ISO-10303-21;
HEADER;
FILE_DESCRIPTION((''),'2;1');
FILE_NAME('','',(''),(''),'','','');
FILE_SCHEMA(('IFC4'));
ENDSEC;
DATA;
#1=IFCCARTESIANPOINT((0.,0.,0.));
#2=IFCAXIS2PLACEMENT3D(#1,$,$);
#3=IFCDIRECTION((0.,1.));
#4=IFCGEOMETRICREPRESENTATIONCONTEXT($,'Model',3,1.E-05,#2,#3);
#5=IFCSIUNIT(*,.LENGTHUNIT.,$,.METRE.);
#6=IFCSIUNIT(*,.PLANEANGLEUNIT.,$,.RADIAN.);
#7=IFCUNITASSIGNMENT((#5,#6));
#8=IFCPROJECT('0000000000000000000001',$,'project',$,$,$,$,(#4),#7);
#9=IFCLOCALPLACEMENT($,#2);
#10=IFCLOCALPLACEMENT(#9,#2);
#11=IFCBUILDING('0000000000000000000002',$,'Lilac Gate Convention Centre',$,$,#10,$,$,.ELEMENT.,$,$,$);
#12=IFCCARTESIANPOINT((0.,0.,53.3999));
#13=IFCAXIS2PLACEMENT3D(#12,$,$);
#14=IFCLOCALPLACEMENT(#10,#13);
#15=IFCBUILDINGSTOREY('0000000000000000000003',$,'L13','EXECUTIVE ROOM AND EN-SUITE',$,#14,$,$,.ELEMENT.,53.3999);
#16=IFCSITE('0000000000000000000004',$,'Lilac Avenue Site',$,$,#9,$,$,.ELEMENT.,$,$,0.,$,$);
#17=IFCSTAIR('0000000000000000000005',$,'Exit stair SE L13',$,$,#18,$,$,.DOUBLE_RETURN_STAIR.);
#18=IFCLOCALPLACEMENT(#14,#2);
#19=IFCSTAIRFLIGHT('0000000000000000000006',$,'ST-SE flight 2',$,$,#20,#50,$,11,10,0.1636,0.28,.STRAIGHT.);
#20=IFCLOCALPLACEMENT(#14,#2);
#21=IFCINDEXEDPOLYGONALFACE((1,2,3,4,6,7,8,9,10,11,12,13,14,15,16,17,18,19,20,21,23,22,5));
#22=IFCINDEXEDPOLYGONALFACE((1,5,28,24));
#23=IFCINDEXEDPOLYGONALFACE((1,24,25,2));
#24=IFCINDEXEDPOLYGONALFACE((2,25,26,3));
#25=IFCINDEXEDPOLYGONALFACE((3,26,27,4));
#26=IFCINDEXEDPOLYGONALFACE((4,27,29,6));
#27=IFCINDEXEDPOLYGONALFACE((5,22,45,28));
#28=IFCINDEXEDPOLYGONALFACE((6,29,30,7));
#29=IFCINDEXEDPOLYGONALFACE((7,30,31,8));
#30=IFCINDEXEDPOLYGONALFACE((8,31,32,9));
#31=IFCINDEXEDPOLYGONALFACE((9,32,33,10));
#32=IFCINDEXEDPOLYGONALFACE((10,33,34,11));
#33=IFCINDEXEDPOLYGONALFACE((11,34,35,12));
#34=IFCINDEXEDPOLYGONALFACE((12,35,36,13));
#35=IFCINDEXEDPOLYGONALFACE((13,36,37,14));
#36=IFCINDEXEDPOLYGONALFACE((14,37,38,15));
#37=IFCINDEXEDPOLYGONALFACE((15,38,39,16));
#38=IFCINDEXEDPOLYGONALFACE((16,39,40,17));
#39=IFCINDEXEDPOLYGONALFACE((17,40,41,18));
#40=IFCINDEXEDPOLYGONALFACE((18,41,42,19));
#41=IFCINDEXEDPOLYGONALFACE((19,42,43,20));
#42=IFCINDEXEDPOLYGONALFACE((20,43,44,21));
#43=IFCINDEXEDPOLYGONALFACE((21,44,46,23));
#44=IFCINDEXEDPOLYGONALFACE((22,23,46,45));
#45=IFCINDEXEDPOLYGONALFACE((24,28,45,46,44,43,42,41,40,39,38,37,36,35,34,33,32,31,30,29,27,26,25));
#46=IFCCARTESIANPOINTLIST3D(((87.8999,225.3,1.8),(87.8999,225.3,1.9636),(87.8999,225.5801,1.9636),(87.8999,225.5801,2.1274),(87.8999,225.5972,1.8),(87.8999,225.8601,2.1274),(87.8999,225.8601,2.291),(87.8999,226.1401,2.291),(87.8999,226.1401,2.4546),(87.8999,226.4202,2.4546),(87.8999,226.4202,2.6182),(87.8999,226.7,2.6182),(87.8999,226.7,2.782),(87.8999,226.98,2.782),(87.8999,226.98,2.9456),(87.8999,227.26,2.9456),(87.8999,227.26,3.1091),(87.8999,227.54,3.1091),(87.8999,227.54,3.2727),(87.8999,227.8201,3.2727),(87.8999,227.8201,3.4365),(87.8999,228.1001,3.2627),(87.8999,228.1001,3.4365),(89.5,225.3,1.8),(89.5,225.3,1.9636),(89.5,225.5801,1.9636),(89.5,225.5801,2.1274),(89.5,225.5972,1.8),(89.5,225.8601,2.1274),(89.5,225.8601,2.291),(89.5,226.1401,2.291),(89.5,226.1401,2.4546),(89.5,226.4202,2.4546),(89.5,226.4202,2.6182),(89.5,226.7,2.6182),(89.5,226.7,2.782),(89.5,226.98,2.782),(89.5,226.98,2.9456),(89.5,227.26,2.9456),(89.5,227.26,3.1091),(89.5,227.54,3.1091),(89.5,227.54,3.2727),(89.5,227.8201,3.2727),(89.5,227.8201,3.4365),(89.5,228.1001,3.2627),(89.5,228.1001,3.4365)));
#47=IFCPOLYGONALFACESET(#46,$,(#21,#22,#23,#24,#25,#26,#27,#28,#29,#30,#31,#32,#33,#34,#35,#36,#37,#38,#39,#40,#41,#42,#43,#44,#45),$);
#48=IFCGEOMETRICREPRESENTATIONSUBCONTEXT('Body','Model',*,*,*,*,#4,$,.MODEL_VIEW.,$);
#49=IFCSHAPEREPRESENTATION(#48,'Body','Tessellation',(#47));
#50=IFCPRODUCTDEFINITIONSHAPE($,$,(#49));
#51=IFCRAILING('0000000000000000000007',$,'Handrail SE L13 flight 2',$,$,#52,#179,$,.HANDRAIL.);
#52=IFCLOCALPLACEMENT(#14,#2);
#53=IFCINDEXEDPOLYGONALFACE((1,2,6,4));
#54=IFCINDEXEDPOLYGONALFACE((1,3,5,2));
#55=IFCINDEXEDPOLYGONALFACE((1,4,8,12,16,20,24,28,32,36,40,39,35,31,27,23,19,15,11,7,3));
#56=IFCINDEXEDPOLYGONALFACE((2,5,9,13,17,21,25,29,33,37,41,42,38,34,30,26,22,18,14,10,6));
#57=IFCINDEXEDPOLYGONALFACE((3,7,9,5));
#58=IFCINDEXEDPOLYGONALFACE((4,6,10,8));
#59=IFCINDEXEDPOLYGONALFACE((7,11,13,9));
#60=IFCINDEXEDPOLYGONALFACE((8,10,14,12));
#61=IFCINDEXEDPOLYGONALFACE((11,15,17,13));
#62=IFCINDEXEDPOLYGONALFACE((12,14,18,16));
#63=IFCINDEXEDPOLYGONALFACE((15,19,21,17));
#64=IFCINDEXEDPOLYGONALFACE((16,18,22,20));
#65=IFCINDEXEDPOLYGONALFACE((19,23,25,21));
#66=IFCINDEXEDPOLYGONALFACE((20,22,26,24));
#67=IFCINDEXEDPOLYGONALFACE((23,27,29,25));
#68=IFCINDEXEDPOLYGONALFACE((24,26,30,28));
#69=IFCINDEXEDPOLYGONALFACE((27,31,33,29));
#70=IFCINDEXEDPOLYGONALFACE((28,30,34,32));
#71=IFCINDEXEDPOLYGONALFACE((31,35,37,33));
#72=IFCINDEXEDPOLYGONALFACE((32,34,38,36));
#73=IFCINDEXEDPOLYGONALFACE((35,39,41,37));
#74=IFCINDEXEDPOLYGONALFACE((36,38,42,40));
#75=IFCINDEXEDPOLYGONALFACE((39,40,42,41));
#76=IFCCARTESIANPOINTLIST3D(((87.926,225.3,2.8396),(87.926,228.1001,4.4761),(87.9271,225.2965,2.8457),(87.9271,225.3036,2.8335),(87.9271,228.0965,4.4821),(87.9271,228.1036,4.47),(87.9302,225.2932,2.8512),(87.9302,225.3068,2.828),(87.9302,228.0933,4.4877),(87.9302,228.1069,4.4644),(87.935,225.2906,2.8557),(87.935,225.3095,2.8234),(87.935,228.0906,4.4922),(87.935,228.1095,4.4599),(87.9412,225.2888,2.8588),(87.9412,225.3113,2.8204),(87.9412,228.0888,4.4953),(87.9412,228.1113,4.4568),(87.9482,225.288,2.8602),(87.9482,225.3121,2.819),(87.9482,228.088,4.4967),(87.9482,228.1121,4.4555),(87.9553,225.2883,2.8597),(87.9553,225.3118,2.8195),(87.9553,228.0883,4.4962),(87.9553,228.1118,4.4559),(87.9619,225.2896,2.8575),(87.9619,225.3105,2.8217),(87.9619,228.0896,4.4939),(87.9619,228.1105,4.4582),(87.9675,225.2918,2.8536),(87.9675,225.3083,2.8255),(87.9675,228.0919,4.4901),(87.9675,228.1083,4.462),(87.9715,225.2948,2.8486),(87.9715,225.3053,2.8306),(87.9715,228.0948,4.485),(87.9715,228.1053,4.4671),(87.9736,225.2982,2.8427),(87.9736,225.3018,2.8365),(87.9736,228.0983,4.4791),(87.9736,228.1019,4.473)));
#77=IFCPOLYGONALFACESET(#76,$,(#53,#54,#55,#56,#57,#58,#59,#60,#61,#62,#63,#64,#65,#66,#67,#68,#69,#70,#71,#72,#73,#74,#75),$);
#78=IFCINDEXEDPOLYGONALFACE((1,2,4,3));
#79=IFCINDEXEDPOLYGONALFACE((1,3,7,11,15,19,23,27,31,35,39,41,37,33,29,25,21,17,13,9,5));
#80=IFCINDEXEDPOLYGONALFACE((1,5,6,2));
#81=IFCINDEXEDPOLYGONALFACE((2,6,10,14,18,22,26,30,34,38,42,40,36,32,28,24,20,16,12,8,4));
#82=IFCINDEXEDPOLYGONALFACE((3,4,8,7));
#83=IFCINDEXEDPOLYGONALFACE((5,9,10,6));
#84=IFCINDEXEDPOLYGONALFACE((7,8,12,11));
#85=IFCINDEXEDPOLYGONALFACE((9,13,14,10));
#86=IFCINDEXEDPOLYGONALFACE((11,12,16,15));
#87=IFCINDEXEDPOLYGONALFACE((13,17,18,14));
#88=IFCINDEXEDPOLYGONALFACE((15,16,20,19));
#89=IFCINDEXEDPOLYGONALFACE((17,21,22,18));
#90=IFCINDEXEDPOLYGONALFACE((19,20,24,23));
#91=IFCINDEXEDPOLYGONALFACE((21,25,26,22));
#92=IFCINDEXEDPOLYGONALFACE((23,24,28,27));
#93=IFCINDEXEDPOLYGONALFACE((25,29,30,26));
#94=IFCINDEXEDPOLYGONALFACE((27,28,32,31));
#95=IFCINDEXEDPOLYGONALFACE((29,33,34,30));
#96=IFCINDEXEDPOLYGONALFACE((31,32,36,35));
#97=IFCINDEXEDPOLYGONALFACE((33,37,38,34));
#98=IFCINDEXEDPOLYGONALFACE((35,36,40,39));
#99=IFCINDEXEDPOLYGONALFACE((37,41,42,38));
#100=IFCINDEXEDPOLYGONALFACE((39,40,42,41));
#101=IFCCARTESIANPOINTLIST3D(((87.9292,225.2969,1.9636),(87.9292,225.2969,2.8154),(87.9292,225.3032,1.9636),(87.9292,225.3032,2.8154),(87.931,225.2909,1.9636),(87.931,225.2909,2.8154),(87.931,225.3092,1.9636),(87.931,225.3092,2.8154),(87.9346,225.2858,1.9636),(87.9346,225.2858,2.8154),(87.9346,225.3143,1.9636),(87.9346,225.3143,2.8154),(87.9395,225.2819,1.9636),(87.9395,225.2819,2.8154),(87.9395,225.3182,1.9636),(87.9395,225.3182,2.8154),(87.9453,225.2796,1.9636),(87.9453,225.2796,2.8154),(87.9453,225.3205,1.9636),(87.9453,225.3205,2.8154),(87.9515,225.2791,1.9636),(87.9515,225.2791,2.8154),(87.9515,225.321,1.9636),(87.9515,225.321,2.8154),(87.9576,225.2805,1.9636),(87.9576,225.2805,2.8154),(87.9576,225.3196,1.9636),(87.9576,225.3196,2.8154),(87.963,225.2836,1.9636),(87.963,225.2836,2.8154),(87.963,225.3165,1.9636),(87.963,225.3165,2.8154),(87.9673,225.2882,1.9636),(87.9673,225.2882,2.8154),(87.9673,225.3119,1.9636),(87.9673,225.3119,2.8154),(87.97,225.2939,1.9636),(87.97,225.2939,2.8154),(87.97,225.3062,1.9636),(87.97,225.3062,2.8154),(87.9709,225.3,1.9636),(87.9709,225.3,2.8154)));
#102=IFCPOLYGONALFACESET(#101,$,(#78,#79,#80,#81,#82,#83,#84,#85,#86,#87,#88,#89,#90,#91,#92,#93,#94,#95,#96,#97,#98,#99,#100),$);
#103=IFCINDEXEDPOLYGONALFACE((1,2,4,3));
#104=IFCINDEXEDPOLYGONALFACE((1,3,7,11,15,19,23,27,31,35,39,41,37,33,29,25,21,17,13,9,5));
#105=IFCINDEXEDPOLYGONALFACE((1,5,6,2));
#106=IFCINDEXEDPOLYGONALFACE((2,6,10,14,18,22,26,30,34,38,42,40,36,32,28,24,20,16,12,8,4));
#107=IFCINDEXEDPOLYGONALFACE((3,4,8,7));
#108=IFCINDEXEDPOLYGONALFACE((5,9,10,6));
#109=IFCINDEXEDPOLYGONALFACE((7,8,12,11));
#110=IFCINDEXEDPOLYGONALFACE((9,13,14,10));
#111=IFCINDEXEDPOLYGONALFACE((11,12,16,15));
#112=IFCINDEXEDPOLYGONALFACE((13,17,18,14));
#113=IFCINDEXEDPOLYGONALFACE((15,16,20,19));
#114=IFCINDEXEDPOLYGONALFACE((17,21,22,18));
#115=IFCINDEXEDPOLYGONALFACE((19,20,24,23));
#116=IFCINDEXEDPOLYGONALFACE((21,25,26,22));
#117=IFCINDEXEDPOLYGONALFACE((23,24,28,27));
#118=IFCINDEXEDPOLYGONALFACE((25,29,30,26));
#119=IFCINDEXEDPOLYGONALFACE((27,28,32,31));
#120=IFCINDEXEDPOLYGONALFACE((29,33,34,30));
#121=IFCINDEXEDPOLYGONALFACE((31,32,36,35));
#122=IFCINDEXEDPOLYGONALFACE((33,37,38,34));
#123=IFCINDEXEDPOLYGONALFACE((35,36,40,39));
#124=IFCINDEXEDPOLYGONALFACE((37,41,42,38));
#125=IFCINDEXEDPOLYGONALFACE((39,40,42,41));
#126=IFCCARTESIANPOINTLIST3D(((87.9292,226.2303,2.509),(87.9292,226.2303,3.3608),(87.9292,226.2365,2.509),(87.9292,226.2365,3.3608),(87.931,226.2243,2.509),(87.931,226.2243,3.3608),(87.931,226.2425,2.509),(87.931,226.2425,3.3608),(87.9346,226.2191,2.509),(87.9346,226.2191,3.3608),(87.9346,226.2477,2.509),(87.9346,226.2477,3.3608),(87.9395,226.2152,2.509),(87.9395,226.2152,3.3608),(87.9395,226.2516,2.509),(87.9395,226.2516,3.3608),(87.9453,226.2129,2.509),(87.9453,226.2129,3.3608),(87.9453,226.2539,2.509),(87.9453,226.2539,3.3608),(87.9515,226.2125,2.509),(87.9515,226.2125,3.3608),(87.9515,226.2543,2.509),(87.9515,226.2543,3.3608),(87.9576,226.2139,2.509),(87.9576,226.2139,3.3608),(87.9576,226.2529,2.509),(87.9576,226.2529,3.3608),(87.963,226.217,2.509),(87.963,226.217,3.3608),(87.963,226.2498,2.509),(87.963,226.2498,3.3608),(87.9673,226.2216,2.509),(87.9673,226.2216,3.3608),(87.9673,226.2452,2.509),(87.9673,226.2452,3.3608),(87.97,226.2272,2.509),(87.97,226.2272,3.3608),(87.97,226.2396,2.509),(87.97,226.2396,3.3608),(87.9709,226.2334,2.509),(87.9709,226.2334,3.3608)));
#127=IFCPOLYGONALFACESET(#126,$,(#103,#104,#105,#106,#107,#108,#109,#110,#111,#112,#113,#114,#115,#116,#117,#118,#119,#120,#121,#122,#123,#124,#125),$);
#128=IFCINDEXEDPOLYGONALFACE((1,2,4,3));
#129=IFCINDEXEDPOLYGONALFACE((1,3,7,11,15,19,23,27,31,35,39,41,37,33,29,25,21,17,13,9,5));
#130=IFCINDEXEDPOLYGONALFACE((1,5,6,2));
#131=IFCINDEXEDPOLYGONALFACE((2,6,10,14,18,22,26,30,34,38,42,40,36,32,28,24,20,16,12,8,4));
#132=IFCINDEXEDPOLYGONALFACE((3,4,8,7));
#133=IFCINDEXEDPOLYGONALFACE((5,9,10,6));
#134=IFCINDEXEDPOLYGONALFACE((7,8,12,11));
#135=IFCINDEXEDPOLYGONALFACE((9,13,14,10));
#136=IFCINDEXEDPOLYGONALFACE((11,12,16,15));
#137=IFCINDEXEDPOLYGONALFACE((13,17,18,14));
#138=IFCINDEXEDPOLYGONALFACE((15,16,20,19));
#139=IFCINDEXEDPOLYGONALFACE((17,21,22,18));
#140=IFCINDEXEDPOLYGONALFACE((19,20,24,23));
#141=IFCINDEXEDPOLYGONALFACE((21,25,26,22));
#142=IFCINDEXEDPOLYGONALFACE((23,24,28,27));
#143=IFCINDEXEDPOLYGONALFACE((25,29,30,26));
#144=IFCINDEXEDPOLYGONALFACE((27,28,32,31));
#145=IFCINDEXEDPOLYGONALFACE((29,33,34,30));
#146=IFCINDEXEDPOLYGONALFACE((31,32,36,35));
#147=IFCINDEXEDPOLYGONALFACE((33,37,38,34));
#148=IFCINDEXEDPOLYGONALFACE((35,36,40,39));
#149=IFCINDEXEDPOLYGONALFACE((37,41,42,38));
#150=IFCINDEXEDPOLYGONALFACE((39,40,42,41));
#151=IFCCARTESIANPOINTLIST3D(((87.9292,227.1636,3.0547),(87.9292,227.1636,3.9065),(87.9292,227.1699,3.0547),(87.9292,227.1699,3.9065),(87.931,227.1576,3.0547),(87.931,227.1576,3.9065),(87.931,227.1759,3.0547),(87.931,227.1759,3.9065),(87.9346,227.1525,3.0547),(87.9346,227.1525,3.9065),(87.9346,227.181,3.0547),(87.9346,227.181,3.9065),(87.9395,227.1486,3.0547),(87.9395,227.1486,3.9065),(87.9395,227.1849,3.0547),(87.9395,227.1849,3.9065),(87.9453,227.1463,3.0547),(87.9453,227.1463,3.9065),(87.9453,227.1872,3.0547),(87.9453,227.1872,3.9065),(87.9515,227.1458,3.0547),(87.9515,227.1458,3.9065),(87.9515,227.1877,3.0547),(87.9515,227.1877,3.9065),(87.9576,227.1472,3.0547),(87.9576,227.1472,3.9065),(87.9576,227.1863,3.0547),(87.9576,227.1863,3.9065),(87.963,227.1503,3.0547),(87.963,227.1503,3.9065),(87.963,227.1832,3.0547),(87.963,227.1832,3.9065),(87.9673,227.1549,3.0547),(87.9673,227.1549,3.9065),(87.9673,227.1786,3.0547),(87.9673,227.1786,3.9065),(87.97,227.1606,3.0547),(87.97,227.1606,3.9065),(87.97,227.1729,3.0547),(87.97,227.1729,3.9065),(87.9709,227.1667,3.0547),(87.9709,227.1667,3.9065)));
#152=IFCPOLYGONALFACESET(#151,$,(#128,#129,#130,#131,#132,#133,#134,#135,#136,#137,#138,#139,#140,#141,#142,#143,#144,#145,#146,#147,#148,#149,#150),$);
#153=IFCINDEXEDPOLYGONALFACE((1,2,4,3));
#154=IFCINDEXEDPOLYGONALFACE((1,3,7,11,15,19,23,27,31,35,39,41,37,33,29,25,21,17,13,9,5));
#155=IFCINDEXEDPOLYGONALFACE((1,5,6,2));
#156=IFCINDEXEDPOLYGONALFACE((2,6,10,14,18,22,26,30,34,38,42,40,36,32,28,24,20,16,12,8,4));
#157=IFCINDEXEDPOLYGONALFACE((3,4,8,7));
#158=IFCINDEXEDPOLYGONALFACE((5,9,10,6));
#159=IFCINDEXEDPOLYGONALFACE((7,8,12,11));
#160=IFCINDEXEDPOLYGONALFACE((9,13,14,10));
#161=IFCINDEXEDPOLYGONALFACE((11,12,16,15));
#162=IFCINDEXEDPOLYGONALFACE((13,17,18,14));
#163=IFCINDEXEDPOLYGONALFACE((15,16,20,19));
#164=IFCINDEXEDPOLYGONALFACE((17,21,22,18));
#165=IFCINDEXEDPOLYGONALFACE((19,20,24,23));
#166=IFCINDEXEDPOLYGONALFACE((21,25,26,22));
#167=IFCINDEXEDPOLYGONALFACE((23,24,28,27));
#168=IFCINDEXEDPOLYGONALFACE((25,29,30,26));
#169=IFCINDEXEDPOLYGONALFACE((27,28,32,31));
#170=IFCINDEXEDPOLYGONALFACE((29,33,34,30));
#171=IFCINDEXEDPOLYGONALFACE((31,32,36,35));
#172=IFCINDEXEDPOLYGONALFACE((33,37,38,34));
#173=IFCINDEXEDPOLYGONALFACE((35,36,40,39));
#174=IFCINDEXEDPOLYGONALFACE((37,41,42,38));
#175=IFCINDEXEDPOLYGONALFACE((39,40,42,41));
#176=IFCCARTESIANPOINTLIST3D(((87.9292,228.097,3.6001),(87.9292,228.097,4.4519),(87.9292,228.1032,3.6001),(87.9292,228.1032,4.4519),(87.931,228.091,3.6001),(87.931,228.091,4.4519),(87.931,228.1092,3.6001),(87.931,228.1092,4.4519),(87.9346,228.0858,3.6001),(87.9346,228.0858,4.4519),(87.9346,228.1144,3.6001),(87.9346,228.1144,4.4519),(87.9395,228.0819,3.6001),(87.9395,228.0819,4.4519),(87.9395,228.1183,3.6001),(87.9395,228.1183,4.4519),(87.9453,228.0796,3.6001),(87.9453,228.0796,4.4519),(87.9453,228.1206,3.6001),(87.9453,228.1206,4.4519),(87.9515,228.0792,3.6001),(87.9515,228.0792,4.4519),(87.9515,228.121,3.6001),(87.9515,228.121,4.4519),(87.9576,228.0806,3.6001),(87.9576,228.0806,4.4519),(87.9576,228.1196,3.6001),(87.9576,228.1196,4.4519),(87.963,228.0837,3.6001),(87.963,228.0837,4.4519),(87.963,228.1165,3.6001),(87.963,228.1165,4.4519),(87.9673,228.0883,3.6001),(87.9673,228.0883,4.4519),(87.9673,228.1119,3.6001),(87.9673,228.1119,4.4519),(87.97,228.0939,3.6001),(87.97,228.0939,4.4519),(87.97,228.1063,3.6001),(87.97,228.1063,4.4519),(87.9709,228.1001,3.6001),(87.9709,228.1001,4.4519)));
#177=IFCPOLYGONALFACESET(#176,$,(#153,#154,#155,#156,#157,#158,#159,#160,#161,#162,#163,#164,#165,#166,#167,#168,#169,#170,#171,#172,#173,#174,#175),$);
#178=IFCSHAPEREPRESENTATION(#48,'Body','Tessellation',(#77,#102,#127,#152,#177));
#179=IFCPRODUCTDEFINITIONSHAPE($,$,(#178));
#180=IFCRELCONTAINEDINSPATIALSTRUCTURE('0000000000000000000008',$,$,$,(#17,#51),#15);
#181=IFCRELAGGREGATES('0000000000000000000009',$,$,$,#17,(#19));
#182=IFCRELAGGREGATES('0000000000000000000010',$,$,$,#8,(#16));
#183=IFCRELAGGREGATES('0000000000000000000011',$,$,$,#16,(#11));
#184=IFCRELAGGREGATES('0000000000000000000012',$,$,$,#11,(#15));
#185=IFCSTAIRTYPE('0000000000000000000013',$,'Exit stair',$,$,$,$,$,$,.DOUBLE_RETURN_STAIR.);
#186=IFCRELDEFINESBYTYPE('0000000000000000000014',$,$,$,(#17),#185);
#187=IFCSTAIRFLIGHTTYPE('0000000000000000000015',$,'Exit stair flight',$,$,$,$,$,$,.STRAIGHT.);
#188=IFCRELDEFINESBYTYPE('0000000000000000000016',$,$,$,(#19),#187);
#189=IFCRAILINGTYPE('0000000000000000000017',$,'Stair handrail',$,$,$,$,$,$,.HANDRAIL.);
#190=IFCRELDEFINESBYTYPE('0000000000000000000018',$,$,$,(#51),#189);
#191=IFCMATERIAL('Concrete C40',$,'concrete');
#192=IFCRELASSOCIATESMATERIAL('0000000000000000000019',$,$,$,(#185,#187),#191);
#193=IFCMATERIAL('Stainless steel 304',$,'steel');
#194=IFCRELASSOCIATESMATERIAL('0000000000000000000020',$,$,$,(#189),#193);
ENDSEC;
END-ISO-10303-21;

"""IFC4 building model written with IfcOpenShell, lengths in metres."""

from ifc_helpers import new_model, si_unit, direction, frame, origin, origin_2d, place, context, subcontext, project, spatial, polyline, circle, outline, extrude, material, type_object, element, aggregate, save


model = new_model("IFC4")

# Units and contexts
model_context = context("Model", 3, precision=1e-05, world=origin(), true_north=direction((0.0, 1.0)))
body_context = subcontext(model_context, "Body", "Model", "MODEL_VIEW")
ifc_project = project(units=[si_unit("LENGTHUNIT", "METRE"), si_unit("PLANEANGLEUNIT", "RADIAN")], contexts=[model_context])

# Site, building, storey
site_placement = place(None, origin())
site = spatial("IfcSite", under=ifc_project, at=site_placement, Name="Lilac Avenue Site", CompositionType="ELEMENT", RefElevation=0.0)
building_placement = place(site_placement, origin())
building = spatial("IfcBuilding", under=site, at=building_placement, Name="Lilac Gate Convention Centre", CompositionType="ELEMENT")
storey_placement = place(building_placement, frame((0.0, 0.0, 53.3999)))
storey = spatial("IfcBuildingStorey", under=building, at=storey_placement, Name="L13", Description="EXECUTIVE ROOM AND EN-SUITE", CompositionType="ELEMENT", Elevation=53.3999)

# Shared definitions
ifc_material_1 = material(Name="Concrete C40", Category="concrete")

# Stair, stair flight
stair_type = type_object("IfcStairType", Name="Exit stair", PredefinedType="DOUBLE_RETURN_STAIR", material=ifc_material_1)
stair_placement = place(storey_placement, origin())
stair = element("IfcStair", 1, at=stair_placement, inside=storey, type_object=stair_type, Name="Exit stair SE L13", PredefinedType="DOUBLE_RETURN_STAIR")
stair_flight_type = type_object("IfcStairFlightType", Name="Exit stair flight", PredefinedType="STRAIGHT", material=ifc_material_1)
stair_flight_placement = place(storey_placement, frame((88.7, 225.3, 1.8), z_axis=(0.0, 0.0, 1.0), x_axis=(0.0, 1.0, 0.0)))
stair_flight = element("IfcStairFlight", 2, at=stair_flight_placement, type_object=stair_flight_type, Name="ST-SE flight 2", NumberOfRisers=11, NumberOfTreads=10, PredefinedType="STRAIGHT", RiserHeight=0.1636, TreadLength=0.28, context=body_context, shape_type="SweptSolid", body=[
    extrude(outline(polyline([(0.0, 0.0), (0.0, 0.1636), (0.28, 0.1636), (0.28, 0.3274), (0.5601, 0.3274), (0.5601, 0.491), (0.8401, 0.491), (0.8401, 0.6545), (1.1201, 0.6545), (1.1201, 0.8181), (1.3999, 0.8181), (1.3999, 0.9819), (1.6799, 0.9819), (1.6799, 1.1455), (1.96, 1.1455), (1.96, 1.3091), (2.24, 1.3091), (2.24, 1.4727), (2.52, 1.4727), (2.52, 1.6365), (2.8, 1.6365), (2.8, 1.8), (2.8, 1.4626), (0.2971, 0.0), (0.0, 0.0)])), frame((0.0, 0.8, 0.0), z_axis=(0.0, -1.0, 0.0), x_axis=(1.0, 0.0, 0.0)), (0.0, 0.0, 1.0), 1.6001),
])
aggregate(stair, [stair_flight])

# Railing
ifc_material_2 = material(Name="Stainless steel 304", Category="steel")
railing_type = type_object("IfcRailingType", Name="Stair handrail", PredefinedType="HANDRAIL", material=ifc_material_2)
for number, where, name in (
    (3, (87.95, 225.3, 1.9636), "Handrail SE L13 flight 2"),
):
    element("IfcRailing", number, at=place(storey_placement, frame(where)), inside=storey, type_object=railing_type, Name=name, PredefinedType="HANDRAIL", context=body_context, shape_type="SweptSolid", body=[
        extrude(circle(Radius=0.0239, at=origin_2d()), frame((0.0, 0.0, 0.876), z_axis=(0.0, 0.863361, 0.504587), x_axis=(-1.0, 0.0, 0.0)), (0.0, 0.0, 1.0), 3.2432),
        extrude(circle(Radius=0.021, at=origin_2d()), origin(), (0.0, 0.0, 1.0), 0.8518),
        extrude(circle(Radius=0.021, at=origin_2d()), frame((0.0, 0.9333, 0.5454)), (0.0, 0.0, 1.0), 0.8518),
        extrude(circle(Radius=0.021, at=origin_2d()), frame((0.0, 1.8667, 1.0911)), (0.0, 0.0, 1.0), 0.8518),
        extrude(circle(Radius=0.021, at=origin_2d()), frame((0.0, 2.8, 1.6365)), (0.0, 0.0, 1.0), 0.8518),
    ])

save(model, "model.ifc")
